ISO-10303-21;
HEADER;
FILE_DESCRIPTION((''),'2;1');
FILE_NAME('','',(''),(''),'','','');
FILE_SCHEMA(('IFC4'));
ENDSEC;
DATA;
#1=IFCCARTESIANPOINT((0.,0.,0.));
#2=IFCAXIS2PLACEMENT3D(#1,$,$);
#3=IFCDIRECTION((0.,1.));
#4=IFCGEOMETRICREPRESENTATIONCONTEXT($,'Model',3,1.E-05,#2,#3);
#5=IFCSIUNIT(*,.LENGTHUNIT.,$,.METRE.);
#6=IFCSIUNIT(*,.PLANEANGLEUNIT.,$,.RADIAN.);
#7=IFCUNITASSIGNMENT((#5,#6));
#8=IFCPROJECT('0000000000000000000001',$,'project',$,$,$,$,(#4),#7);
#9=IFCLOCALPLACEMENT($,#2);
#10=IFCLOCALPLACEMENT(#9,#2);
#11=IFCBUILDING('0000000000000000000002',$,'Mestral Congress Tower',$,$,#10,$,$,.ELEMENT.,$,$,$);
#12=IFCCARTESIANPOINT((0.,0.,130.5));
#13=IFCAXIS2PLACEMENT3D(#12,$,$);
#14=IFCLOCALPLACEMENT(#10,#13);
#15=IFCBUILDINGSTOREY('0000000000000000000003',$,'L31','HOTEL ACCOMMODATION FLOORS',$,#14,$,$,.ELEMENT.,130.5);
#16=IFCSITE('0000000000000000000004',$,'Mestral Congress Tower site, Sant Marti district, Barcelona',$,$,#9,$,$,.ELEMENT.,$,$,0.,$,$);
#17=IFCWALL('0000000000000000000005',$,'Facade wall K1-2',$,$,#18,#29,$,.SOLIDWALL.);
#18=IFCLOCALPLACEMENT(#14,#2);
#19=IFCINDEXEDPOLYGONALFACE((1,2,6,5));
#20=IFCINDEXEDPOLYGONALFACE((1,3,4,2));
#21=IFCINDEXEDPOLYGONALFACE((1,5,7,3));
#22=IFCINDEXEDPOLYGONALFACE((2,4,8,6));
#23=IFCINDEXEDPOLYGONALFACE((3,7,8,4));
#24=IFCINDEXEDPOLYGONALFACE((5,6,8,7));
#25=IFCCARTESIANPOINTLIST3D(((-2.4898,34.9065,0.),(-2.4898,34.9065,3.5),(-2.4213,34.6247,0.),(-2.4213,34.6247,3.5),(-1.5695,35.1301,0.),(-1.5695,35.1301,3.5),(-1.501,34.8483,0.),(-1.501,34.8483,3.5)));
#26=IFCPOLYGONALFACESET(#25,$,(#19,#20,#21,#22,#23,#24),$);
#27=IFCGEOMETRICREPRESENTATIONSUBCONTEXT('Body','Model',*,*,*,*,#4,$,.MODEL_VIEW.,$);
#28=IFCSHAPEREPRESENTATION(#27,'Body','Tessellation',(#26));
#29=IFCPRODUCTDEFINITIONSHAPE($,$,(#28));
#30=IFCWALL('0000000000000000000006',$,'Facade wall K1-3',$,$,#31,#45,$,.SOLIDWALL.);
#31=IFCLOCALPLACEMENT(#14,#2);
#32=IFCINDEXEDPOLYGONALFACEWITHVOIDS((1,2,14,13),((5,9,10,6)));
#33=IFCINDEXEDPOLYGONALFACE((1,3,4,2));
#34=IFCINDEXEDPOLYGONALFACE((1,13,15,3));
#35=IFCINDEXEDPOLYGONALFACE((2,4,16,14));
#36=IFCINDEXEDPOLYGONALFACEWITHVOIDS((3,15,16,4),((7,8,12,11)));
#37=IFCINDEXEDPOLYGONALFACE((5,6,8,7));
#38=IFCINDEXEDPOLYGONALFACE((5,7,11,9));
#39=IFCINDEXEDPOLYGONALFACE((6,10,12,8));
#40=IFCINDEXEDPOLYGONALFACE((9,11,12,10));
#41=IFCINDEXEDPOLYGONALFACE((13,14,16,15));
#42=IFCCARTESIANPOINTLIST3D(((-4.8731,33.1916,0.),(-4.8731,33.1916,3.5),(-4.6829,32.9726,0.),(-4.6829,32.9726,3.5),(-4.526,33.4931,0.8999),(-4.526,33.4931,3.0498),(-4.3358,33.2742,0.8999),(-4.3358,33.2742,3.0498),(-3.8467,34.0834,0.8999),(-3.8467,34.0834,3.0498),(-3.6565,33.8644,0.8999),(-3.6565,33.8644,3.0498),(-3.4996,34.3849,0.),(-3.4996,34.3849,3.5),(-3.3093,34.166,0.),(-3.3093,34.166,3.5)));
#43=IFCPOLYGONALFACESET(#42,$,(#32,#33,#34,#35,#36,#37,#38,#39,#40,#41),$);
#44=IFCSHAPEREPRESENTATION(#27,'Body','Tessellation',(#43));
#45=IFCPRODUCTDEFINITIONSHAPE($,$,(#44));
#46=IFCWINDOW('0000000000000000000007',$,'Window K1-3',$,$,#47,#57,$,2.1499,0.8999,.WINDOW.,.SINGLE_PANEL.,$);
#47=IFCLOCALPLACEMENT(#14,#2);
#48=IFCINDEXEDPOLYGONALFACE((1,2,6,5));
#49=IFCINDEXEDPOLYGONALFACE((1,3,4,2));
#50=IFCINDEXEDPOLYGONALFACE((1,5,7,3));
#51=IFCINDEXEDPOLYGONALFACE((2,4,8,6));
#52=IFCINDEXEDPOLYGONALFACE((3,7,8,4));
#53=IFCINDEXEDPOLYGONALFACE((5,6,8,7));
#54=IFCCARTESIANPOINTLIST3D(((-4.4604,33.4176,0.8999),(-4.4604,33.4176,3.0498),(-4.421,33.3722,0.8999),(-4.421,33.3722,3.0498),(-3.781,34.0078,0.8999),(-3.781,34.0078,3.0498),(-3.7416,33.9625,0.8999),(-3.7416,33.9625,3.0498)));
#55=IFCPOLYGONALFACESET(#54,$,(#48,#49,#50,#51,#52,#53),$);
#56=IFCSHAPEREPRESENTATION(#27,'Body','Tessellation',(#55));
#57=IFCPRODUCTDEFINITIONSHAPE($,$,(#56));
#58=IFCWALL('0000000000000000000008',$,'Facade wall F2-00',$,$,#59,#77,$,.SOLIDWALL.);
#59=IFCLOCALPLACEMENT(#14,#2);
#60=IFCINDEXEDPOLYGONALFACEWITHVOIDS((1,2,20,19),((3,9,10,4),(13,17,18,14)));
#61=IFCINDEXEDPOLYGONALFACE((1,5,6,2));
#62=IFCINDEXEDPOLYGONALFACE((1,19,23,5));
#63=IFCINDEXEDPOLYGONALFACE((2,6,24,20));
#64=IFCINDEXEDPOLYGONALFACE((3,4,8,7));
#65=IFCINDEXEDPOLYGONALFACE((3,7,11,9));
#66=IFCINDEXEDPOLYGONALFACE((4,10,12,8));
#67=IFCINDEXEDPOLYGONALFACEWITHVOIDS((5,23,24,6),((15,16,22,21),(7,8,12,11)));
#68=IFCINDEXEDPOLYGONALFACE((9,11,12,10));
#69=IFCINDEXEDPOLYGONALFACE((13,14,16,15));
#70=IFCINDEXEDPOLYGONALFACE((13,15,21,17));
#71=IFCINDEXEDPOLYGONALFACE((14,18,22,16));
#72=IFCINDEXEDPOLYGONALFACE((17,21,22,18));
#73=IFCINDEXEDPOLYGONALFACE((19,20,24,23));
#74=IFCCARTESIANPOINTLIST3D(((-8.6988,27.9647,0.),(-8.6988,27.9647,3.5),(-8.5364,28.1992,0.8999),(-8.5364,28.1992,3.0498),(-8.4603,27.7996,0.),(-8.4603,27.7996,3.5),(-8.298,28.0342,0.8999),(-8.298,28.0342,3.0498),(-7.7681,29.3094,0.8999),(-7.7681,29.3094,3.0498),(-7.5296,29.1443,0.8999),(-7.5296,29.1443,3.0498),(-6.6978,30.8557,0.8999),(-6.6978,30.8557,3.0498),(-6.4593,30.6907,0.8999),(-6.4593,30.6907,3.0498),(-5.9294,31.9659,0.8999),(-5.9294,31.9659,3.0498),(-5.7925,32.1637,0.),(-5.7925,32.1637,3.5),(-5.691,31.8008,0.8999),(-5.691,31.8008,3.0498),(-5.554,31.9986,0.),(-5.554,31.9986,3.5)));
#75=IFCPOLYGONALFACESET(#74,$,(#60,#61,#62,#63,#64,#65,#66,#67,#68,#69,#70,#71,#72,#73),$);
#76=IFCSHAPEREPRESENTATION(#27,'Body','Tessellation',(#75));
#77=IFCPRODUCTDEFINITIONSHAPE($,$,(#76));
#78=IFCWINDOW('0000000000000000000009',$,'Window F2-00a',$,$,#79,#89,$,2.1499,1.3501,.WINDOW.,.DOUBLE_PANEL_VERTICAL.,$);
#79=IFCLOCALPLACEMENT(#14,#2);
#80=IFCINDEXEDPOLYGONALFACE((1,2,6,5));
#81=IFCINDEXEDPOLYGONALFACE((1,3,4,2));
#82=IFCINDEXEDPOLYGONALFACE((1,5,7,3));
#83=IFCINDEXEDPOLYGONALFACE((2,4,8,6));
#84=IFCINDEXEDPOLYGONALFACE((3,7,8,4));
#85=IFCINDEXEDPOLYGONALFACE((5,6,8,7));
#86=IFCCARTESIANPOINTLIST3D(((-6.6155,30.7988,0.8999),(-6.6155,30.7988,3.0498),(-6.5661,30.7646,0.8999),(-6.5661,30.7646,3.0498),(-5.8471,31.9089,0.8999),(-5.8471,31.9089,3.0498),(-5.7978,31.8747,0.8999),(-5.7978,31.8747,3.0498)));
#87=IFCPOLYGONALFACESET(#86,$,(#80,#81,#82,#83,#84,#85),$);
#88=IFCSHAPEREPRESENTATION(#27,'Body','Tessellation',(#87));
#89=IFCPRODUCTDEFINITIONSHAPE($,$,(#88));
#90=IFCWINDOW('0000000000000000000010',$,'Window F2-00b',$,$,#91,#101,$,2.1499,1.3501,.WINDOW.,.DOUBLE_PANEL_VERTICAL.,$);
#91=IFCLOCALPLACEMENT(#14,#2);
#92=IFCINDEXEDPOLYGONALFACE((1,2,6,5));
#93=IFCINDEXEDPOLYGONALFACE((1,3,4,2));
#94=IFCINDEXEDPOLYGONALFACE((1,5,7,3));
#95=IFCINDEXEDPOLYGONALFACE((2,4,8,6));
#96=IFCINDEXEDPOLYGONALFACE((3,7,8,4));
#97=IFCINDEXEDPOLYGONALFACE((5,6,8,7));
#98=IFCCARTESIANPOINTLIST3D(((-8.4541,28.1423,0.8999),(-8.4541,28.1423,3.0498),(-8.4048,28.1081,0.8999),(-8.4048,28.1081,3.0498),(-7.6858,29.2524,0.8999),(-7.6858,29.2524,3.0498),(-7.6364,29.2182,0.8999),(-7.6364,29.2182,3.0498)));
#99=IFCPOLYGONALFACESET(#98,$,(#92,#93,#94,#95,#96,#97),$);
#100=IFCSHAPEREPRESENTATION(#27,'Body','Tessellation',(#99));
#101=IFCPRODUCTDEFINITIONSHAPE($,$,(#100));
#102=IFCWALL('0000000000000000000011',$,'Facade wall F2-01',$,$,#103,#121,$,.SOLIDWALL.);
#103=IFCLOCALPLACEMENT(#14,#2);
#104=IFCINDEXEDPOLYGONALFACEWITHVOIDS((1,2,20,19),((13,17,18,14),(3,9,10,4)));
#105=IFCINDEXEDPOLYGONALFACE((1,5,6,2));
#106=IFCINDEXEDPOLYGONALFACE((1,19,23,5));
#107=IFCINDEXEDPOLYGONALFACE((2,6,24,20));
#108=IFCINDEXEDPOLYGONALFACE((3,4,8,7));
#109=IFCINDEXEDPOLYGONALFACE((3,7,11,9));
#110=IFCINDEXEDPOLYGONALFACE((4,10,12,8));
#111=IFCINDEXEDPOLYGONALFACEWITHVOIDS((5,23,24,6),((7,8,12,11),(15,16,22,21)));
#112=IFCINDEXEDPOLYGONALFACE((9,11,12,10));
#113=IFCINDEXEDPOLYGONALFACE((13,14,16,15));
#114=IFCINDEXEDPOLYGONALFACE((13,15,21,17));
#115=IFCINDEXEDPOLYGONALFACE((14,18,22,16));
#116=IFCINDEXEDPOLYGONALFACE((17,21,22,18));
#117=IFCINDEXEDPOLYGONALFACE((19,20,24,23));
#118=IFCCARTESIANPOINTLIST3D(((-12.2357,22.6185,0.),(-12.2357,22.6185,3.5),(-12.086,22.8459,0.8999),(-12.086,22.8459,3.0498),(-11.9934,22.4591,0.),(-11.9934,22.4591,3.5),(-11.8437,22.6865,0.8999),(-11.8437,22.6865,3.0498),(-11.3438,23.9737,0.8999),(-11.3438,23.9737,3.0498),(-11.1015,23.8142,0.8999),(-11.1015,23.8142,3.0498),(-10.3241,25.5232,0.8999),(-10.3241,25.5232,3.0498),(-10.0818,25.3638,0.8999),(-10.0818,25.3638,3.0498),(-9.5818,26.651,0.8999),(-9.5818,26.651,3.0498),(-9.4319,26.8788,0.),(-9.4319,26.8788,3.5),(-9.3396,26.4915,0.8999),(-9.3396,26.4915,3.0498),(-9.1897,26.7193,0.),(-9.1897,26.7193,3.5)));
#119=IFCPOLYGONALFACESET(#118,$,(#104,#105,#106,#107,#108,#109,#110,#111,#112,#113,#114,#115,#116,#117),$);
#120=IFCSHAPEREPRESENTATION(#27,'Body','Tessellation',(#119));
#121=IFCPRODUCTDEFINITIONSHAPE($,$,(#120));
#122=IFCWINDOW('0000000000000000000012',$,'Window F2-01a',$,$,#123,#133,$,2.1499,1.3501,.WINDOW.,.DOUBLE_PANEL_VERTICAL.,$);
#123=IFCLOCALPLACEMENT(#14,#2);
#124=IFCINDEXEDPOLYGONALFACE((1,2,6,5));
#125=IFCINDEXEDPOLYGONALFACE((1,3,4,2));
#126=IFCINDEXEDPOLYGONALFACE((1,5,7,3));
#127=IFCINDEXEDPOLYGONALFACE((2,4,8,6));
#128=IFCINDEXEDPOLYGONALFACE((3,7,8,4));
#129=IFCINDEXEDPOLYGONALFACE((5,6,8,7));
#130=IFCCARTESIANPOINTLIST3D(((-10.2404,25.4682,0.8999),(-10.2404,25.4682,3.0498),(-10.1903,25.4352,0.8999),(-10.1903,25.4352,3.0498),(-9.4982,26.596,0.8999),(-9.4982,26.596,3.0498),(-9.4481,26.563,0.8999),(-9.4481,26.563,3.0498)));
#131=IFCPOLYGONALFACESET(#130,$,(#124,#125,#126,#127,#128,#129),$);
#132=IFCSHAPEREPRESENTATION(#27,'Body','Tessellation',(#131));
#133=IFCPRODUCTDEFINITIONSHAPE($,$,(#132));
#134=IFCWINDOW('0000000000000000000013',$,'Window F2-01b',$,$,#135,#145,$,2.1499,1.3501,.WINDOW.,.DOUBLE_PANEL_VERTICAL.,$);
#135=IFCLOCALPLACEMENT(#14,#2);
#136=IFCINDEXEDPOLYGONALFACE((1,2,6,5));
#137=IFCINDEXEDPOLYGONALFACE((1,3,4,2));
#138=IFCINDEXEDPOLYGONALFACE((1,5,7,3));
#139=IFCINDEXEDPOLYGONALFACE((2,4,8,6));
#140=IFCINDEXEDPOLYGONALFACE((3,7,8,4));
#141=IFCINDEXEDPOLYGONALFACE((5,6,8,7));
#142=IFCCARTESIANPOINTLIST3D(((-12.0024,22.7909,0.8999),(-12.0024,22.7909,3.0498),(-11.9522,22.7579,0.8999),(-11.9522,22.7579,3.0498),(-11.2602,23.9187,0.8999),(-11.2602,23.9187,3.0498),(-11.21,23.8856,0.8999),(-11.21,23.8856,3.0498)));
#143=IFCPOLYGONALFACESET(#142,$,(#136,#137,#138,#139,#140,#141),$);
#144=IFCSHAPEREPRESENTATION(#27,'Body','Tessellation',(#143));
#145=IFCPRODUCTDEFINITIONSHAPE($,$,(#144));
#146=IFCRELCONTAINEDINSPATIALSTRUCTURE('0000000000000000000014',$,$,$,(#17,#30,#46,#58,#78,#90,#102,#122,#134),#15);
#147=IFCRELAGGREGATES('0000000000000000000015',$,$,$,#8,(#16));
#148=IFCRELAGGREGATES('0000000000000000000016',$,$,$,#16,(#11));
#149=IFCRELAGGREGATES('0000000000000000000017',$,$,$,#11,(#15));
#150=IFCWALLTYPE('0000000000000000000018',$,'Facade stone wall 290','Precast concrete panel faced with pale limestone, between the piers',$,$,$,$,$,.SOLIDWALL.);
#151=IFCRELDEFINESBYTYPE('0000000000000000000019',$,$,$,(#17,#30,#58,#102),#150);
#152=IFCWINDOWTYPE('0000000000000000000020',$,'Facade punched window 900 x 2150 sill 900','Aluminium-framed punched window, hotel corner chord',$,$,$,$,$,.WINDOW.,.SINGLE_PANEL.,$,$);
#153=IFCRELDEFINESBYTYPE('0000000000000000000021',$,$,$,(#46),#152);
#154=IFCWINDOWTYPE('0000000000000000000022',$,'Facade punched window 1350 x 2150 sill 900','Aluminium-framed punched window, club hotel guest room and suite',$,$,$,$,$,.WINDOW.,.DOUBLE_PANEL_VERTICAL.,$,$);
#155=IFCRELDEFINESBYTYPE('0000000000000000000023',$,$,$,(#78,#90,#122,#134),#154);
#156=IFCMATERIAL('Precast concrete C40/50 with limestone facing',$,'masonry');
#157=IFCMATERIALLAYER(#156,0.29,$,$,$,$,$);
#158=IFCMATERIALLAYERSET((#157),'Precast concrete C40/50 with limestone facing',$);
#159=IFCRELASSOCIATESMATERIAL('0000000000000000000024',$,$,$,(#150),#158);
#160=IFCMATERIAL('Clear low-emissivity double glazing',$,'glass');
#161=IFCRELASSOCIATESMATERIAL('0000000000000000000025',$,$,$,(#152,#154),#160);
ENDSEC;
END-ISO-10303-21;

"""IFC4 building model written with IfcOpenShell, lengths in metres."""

from ifc_helpers import new_model, si_unit, direction, frame, frame_2d, origin, place, context, subcontext, project, spatial, rectangle, extrude, material, layer, layer_set, type_object, element, fill, save


model = new_model("IFC4")

# Units and contexts
model_context = context("Model", 3, precision=1e-05, world=origin(), true_north=direction((0.0, 1.0)))
body_context = subcontext(model_context, "Body", "Model", "MODEL_VIEW")
ifc_project = project(units=[si_unit("LENGTHUNIT", "METRE"), si_unit("PLANEANGLEUNIT", "RADIAN")], contexts=[model_context])

# Site, building, storey
site_placement = place(None, origin())
site = spatial("IfcSite", under=ifc_project, at=site_placement, Name="Mestral Congress Tower site, Sant Marti district, Barcelona", CompositionType="ELEMENT", RefElevation=0.0)
building_placement = place(site_placement, origin())
building = spatial("IfcBuilding", under=site, at=building_placement, Name="Mestral Congress Tower", CompositionType="ELEMENT")
storey_placement = place(building_placement, frame((0.0, 0.0, 130.5)))
storey = spatial("IfcBuildingStorey", under=building, at=storey_placement, Name="L31", Description="HOTEL ACCOMMODATION FLOORS", CompositionType="ELEMENT", Elevation=130.5)

# Wall
ifc_material_1 = material(Name="Precast concrete C40/50 with limestone facing", Category="masonry")
ifc_layer_1 = layer(ifc_material_1, 0.29)
ifc_layer_set_1 = layer_set([ifc_layer_1], Name="Precast concrete C40/50 with limestone facing")
wall_type_1 = type_object("IfcWallType", Name="Facade stone wall 290", Description="Precast concrete panel faced with pale limestone, between the piers", PredefinedType="SOLIDWALL", material=ifc_layer_set_1)
wall_1_placement = place(storey_placement, frame((-1.5352, 34.9893, 0.0), z_axis=(0.0, 0.0, 1.0), x_axis=(-0.971714, -0.236161, 0.0)))
element("IfcWall", 1, at=wall_1_placement, inside=storey, type_object=wall_type_1, Name="Facade wall K1-2", PredefinedType="SOLIDWALL", context=body_context, shape_type="SweptSolid", body=[
    extrude(rectangle(XDim=0.947, YDim=0.29, at=frame_2d((0.4736, 0.0))), origin(), (0.0, 0.0, 1.0), 3.5),
])

# Wall, opening, window
wall_2_placement = place(storey_placement, frame((-3.4045, 34.2754, 0.0), z_axis=(0.0, 0.0, 1.0), x_axis=(-0.754883, -0.65586, 0.0)))
wall_2 = element("IfcWall", 2, at=wall_2_placement, inside=storey, type_object=wall_type_1, Name="Facade wall K1-3", PredefinedType="SOLIDWALL", context=body_context, shape_type="SweptSolid", body=[
    extrude(rectangle(XDim=1.8196, YDim=0.29, at=frame_2d((0.9097, 0.0))), origin(), (0.0, 0.0, 1.0), 3.5),
])
opening_1_placement = place(wall_2_placement, frame((0.4597, 0.0, 0.8999)))
opening_1 = element("IfcOpeningElement", 3, at=opening_1_placement, cuts=wall_2, PredefinedType="OPENING", context=body_context, shape_type="SweptSolid", body=[
    extrude(rectangle(XDim=0.8999, YDim=2.1499, at=frame_2d((0.45, 1.075))), frame((0.0, 0.155, 0.0), z_axis=(0.0, -1.0, 0.0), x_axis=(1.0, 0.0, 0.0)), (0.0, 0.0, 1.0), 0.3101),
])
ifc_material_2 = material(Name="Clear low-emissivity double glazing", Category="glass")
window_type_1 = type_object("IfcWindowType", Name="Facade punched window 900 x 2150 sill 900", Description="Aluminium-framed punched window, hotel corner chord", PartitioningType="SINGLE_PANEL", PredefinedType="WINDOW", material=ifc_material_2)
window_1_placement = place(opening_1_placement, origin())
window_1 = element("IfcWindow", 4, at=window_1_placement, inside=storey, type_object=window_type_1, Name="Window K1-3", OverallHeight=2.1499, OverallWidth=0.8999, PartitioningType="SINGLE_PANEL", PredefinedType="WINDOW", context=body_context, shape_type="SweptSolid", body=[
    extrude(rectangle(XDim=0.8999, YDim=2.1499, at=frame_2d((0.45, 1.075))), frame((0.0, 0.0151, 0.0), z_axis=(0.0, -1.0, 0.0), x_axis=(1.0, 0.0, 0.0)), (0.0, 0.0, 1.0), 0.0601),
])
fill(opening_1, window_1)

# Walls, openings, windows
wall_3_placement = place(storey_placement, frame((-5.6733, 32.0811, 0.0), z_axis=(0.0, 0.0, 1.0), x_axis=(-0.569113, -0.822259, 0.0)))
wall_3 = element("IfcWall", 5, at=wall_3_placement, inside=storey, type_object=wall_type_1, Name="Facade wall F2-00", PredefinedType="SOLIDWALL", context=body_context, shape_type="SweptSolid", body=[
    extrude(rectangle(XDim=5.1067, YDim=0.29, at=frame_2d((2.5532, 0.0))), origin(), (0.0, 0.0, 1.0), 3.5),
])
opening_2_placement = place(wall_3_placement, frame((0.2405, 0.0, 0.8999)))
opening_2 = element("IfcOpeningElement", 6, at=opening_2_placement, cuts=wall_3, PredefinedType="OPENING", context=body_context, shape_type="SweptSolid", body=[
    extrude(rectangle(XDim=1.3501, YDim=2.1499, at=frame_2d((0.675, 1.075))), frame((0.0, 0.155, 0.0), z_axis=(0.0, -1.0, 0.0), x_axis=(1.0, 0.0, 0.0)), (0.0, 0.0, 1.0), 0.3101),
])
opening_3_placement = place(wall_3_placement, frame((3.4712, 0.0, 0.8999)))
opening_3 = element("IfcOpeningElement", 7, at=opening_3_placement, cuts=wall_3, PredefinedType="OPENING", context=body_context, shape_type="SweptSolid", body=[
    extrude(rectangle(XDim=1.3501, YDim=2.1499, at=frame_2d((0.675, 1.075))), frame((0.0, 0.155, 0.0), z_axis=(0.0, -1.0, 0.0), x_axis=(1.0, 0.0, 0.0)), (0.0, 0.0, 1.0), 0.3101),
])
window_type_2 = type_object("IfcWindowType", Name="Facade punched window 1350 x 2150 sill 900", Description="Aluminium-framed punched window, club hotel guest room and suite", PartitioningType="DOUBLE_PANEL_VERTICAL", PredefinedType="WINDOW", material=ifc_material_2)
window_2_placement = place(opening_2_placement, origin())
window_2 = element("IfcWindow", 8, at=window_2_placement, inside=storey, type_object=window_type_2, Name="Window F2-00a", OverallHeight=2.1499, OverallWidth=1.3501, PartitioningType="DOUBLE_PANEL_VERTICAL", PredefinedType="WINDOW", context=body_context, shape_type="SweptSolid", body=[
    extrude(rectangle(XDim=1.3501, YDim=2.1499, at=frame_2d((0.675, 1.075))), frame((0.0, 0.0151, 0.0), z_axis=(0.0, -1.0, 0.0), x_axis=(1.0, 0.0, 0.0)), (0.0, 0.0, 1.0), 0.0601),
])
fill(opening_2, window_2)
window_3_placement = place(opening_3_placement, origin())
window_3 = element("IfcWindow", 9, at=window_3_placement, inside=storey, type_object=window_type_2, Name="Window F2-00b", OverallHeight=2.1499, OverallWidth=1.3501, PartitioningType="DOUBLE_PANEL_VERTICAL", PredefinedType="WINDOW", context=body_context, shape_type="SweptSolid", body=[
    extrude(rectangle(XDim=1.3501, YDim=2.1499, at=frame_2d((0.675, 1.075))), frame((0.0, 0.0151, 0.0), z_axis=(0.0, -1.0, 0.0), x_axis=(1.0, 0.0, 0.0)), (0.0, 0.0, 1.0), 0.0601),
])
fill(opening_3, window_3)
wall_4_placement = place(storey_placement, frame((-9.3108, 26.7991, 0.0), z_axis=(0.0, 0.0, 1.0), x_axis=(-0.549741, -0.835335, 0.0)))
wall_4 = element("IfcWall", 10, at=wall_4_placement, inside=storey, type_object=wall_type_1, Name="Facade wall F2-01", PredefinedType="SOLIDWALL", context=body_context, shape_type="SweptSolid", body=[
    extrude(rectangle(XDim=5.1001, YDim=0.29, at=frame_2d((2.55, 0.0))), origin(), (0.0, 0.0, 1.0), 3.5),
])
opening_4_placement = place(wall_4_placement, frame((0.2727, 0.0, 0.8999)))
opening_4 = element("IfcOpeningElement", 11, at=opening_4_placement, cuts=wall_4, PredefinedType="OPENING", context=body_context, shape_type="SweptSolid", body=[
    extrude(rectangle(XDim=1.3501, YDim=2.1499, at=frame_2d((0.675, 1.075))), frame((0.0, 0.155, 0.0), z_axis=(0.0, -1.0, 0.0), x_axis=(1.0, 0.0, 0.0)), (0.0, 0.0, 1.0), 0.3101),
])
opening_5_placement = place(wall_4_placement, frame((3.4778, 0.0, 0.8999)))
opening_5 = element("IfcOpeningElement", 12, at=opening_5_placement, cuts=wall_4, PredefinedType="OPENING", context=body_context, shape_type="SweptSolid", body=[
    extrude(rectangle(XDim=1.3501, YDim=2.1499, at=frame_2d((0.675, 1.075))), frame((0.0, 0.155, 0.0), z_axis=(0.0, -1.0, 0.0), x_axis=(1.0, 0.0, 0.0)), (0.0, 0.0, 1.0), 0.3101),
])
window_4_placement = place(opening_4_placement, origin())
window_4 = element("IfcWindow", 13, at=window_4_placement, inside=storey, type_object=window_type_2, Name="Window F2-01a", OverallHeight=2.1499, OverallWidth=1.3501, PartitioningType="DOUBLE_PANEL_VERTICAL", PredefinedType="WINDOW", context=body_context, shape_type="SweptSolid", body=[
    extrude(rectangle(XDim=1.3501, YDim=2.1499, at=frame_2d((0.675, 1.075))), frame((0.0, 0.0151, 0.0), z_axis=(0.0, -1.0, 0.0), x_axis=(1.0, 0.0, 0.0)), (0.0, 0.0, 1.0), 0.0601),
])
fill(opening_4, window_4)
window_5_placement = place(opening_5_placement, origin())
window_5 = element("IfcWindow", 14, at=window_5_placement, inside=storey, type_object=window_type_2, Name="Window F2-01b", OverallHeight=2.1499, OverallWidth=1.3501, PartitioningType="DOUBLE_PANEL_VERTICAL", PredefinedType="WINDOW", context=body_context, shape_type="SweptSolid", body=[
    extrude(rectangle(XDim=1.3501, YDim=2.1499, at=frame_2d((0.675, 1.075))), frame((0.0, 0.0151, 0.0), z_axis=(0.0, -1.0, 0.0), x_axis=(1.0, 0.0, 0.0)), (0.0, 0.0, 1.0), 0.0601),
])
fill(opening_5, window_5)

save(model, "model.ifc")
